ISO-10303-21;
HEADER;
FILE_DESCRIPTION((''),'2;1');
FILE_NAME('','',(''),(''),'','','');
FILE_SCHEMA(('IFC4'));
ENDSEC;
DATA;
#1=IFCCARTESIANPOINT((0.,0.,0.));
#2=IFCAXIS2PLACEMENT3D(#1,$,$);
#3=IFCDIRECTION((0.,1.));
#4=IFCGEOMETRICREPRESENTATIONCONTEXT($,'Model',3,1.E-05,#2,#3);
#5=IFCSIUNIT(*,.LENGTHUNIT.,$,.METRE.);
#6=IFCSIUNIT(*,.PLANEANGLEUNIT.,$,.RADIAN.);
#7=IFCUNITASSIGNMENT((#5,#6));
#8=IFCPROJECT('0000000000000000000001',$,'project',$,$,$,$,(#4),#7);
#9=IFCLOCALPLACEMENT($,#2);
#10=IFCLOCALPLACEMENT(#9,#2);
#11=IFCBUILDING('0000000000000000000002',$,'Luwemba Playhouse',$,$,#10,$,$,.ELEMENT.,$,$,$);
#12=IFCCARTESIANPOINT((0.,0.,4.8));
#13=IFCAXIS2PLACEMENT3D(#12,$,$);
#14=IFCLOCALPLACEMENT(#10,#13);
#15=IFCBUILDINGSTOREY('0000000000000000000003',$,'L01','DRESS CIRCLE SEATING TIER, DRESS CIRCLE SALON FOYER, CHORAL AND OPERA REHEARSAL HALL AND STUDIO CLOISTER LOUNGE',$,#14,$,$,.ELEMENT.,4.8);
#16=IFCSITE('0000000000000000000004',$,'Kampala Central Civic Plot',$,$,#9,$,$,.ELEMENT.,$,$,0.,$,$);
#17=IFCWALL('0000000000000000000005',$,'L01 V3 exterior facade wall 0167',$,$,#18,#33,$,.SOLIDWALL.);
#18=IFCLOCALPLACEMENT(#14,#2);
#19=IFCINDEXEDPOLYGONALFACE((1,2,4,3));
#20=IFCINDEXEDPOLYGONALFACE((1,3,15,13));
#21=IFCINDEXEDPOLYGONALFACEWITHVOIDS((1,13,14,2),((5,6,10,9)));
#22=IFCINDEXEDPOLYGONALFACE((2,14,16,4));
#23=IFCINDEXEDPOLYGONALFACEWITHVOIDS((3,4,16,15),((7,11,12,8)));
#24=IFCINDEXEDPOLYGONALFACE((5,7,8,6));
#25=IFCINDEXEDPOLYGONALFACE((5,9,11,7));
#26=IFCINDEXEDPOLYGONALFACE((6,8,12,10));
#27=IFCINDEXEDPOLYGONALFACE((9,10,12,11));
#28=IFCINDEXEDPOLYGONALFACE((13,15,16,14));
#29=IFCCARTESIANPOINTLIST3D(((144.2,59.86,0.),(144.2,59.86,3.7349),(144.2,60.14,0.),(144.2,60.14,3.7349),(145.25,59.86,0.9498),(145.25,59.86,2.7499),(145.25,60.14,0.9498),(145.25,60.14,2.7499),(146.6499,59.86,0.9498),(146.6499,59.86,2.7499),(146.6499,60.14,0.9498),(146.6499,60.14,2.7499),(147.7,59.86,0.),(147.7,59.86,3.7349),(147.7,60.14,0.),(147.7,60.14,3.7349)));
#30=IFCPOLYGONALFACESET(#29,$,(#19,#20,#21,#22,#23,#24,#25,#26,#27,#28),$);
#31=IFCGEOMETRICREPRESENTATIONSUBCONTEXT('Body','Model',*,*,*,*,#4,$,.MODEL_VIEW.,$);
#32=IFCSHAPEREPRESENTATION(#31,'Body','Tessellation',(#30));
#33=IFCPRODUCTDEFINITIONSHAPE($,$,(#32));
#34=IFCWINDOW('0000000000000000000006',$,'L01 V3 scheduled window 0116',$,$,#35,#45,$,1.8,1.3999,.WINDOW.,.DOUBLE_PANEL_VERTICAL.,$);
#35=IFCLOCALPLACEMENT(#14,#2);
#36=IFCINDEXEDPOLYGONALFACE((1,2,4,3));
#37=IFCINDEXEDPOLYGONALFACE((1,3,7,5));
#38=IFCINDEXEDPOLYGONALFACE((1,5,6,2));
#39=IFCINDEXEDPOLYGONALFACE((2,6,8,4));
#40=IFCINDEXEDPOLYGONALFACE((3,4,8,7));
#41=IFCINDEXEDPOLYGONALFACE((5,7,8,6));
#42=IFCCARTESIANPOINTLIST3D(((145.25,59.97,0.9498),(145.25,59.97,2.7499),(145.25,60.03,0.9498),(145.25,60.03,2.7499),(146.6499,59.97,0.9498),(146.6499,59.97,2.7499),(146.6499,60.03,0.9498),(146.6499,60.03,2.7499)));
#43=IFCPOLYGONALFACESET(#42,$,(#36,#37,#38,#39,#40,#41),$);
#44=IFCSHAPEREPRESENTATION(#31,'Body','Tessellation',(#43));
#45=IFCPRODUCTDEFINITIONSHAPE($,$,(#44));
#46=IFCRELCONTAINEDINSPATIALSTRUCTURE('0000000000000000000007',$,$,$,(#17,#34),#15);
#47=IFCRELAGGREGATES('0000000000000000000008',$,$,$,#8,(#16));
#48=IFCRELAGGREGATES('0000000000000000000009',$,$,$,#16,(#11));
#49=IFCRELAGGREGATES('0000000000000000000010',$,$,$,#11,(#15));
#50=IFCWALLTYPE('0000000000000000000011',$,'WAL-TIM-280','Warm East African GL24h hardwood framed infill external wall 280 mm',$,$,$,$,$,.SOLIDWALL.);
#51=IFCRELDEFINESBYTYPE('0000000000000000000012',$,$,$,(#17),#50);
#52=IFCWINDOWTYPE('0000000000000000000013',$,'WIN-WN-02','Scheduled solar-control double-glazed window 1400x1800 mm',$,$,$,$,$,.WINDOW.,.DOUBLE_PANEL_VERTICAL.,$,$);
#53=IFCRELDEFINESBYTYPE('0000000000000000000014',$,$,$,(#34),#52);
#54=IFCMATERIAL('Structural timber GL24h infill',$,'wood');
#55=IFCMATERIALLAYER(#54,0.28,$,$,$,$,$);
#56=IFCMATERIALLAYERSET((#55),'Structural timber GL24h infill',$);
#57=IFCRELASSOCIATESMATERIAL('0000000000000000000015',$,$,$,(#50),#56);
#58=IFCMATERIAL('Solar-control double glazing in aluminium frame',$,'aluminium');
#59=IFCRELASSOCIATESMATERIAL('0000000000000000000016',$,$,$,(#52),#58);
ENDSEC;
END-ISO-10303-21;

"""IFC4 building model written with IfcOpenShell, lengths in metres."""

from ifc_helpers import new_model, si_unit, direction, frame, frame_2d, origin, place, context, subcontext, project, spatial, rectangle, extrude, material, layer, layer_set, type_object, element, fill, save


model = new_model("IFC4")

# Units and contexts
model_context = context("Model", 3, precision=1e-05, world=origin(), true_north=direction((0.0, 1.0)))
body_context = subcontext(model_context, "Body", "Model", "MODEL_VIEW")
ifc_project = project(units=[si_unit("LENGTHUNIT", "METRE"), si_unit("PLANEANGLEUNIT", "RADIAN")], contexts=[model_context])

# Site, building, storey
site_placement = place(None, origin())
site = spatial("IfcSite", under=ifc_project, at=site_placement, Name="Kampala Central Civic Plot", CompositionType="ELEMENT", RefElevation=0.0)
building_placement = place(site_placement, origin())
building = spatial("IfcBuilding", under=site, at=building_placement, Name="Luwemba Playhouse", CompositionType="ELEMENT")
storey_placement = place(building_placement, frame((0.0, 0.0, 4.8)))
storey = spatial("IfcBuildingStorey", under=building, at=storey_placement, Name="L01", Description="DRESS CIRCLE SEATING TIER, DRESS CIRCLE SALON FOYER, CHORAL AND OPERA REHEARSAL HALL AND STUDIO CLOISTER LOUNGE", CompositionType="ELEMENT", Elevation=4.8)

# Wall, opening, window
ifc_material_1 = material(Name="Solar-control double glazing in aluminium frame", Category="aluminium")
ifc_material_2 = material(Name="Structural timber GL24h infill", Category="wood")
ifc_layer_1 = layer(ifc_material_2, 0.28)
ifc_layer_set_1 = layer_set([ifc_layer_1], Name="Structural timber GL24h infill")
wall_type_1 = type_object("IfcWallType", Name="WAL-TIM-280", Description="Warm East African GL24h hardwood framed infill external wall 280 mm", PredefinedType="SOLIDWALL", material=ifc_layer_set_1)
wall_1_placement = place(storey_placement, frame((144.2, 60.0, 0.0), z_axis=(0.0, 0.0, 1.0), x_axis=(1.0, 0.0, 0.0)))
wall_1 = element("IfcWall", 1, at=wall_1_placement, inside=storey, type_object=wall_type_1, Name="L01 V3 exterior facade wall 0167", PredefinedType="SOLIDWALL", context=body_context, shape_type="SweptSolid", body=[
    extrude(rectangle(XDim=3.5, YDim=0.28, at=frame_2d((1.75, 0.0))), origin(), (0.0, 0.0, 1.0), 3.7349),
])
opening_1_placement = place(wall_1_placement, frame((1.05, 0.0, 0.95)))
opening_1 = element("IfcOpeningElement", 2, at=opening_1_placement, cuts=wall_1, PredefinedType="OPENING", context=body_context, shape_type="SweptSolid", body=[
    extrude(rectangle(XDim=1.3999, YDim=1.8, at=frame_2d((0.7, 0.8999))), frame((0.0, 0.1499, 0.0), z_axis=(0.0, -1.0, 0.0), x_axis=(1.0, 0.0, 0.0)), (0.0, 0.0, 1.0), 0.3),
])
window_type_1 = type_object("IfcWindowType", Name="WIN-WN-02", Description="Scheduled solar-control double-glazed window 1400x1800 mm", PartitioningType="DOUBLE_PANEL_VERTICAL", PredefinedType="WINDOW", material=ifc_material_1)
window_1_placement = place(opening_1_placement, origin())
window_1 = element("IfcWindow", 3, at=window_1_placement, inside=storey, type_object=window_type_1, Name="L01 V3 scheduled window 0116", OverallHeight=1.8, OverallWidth=1.3999, PartitioningType="DOUBLE_PANEL_VERTICAL", PredefinedType="WINDOW", context=body_context, shape_type="SweptSolid", body=[
    extrude(rectangle(XDim=1.3999, YDim=1.8, at=frame_2d((0.7, 0.8999))), frame((0.0, 0.03, 0.0), z_axis=(0.0, -1.0, 0.0), x_axis=(1.0, 0.0, 0.0)), (0.0, 0.0, 1.0), 0.0601),
])
fill(opening_1, window_1)

save(model, "model.ifc")
